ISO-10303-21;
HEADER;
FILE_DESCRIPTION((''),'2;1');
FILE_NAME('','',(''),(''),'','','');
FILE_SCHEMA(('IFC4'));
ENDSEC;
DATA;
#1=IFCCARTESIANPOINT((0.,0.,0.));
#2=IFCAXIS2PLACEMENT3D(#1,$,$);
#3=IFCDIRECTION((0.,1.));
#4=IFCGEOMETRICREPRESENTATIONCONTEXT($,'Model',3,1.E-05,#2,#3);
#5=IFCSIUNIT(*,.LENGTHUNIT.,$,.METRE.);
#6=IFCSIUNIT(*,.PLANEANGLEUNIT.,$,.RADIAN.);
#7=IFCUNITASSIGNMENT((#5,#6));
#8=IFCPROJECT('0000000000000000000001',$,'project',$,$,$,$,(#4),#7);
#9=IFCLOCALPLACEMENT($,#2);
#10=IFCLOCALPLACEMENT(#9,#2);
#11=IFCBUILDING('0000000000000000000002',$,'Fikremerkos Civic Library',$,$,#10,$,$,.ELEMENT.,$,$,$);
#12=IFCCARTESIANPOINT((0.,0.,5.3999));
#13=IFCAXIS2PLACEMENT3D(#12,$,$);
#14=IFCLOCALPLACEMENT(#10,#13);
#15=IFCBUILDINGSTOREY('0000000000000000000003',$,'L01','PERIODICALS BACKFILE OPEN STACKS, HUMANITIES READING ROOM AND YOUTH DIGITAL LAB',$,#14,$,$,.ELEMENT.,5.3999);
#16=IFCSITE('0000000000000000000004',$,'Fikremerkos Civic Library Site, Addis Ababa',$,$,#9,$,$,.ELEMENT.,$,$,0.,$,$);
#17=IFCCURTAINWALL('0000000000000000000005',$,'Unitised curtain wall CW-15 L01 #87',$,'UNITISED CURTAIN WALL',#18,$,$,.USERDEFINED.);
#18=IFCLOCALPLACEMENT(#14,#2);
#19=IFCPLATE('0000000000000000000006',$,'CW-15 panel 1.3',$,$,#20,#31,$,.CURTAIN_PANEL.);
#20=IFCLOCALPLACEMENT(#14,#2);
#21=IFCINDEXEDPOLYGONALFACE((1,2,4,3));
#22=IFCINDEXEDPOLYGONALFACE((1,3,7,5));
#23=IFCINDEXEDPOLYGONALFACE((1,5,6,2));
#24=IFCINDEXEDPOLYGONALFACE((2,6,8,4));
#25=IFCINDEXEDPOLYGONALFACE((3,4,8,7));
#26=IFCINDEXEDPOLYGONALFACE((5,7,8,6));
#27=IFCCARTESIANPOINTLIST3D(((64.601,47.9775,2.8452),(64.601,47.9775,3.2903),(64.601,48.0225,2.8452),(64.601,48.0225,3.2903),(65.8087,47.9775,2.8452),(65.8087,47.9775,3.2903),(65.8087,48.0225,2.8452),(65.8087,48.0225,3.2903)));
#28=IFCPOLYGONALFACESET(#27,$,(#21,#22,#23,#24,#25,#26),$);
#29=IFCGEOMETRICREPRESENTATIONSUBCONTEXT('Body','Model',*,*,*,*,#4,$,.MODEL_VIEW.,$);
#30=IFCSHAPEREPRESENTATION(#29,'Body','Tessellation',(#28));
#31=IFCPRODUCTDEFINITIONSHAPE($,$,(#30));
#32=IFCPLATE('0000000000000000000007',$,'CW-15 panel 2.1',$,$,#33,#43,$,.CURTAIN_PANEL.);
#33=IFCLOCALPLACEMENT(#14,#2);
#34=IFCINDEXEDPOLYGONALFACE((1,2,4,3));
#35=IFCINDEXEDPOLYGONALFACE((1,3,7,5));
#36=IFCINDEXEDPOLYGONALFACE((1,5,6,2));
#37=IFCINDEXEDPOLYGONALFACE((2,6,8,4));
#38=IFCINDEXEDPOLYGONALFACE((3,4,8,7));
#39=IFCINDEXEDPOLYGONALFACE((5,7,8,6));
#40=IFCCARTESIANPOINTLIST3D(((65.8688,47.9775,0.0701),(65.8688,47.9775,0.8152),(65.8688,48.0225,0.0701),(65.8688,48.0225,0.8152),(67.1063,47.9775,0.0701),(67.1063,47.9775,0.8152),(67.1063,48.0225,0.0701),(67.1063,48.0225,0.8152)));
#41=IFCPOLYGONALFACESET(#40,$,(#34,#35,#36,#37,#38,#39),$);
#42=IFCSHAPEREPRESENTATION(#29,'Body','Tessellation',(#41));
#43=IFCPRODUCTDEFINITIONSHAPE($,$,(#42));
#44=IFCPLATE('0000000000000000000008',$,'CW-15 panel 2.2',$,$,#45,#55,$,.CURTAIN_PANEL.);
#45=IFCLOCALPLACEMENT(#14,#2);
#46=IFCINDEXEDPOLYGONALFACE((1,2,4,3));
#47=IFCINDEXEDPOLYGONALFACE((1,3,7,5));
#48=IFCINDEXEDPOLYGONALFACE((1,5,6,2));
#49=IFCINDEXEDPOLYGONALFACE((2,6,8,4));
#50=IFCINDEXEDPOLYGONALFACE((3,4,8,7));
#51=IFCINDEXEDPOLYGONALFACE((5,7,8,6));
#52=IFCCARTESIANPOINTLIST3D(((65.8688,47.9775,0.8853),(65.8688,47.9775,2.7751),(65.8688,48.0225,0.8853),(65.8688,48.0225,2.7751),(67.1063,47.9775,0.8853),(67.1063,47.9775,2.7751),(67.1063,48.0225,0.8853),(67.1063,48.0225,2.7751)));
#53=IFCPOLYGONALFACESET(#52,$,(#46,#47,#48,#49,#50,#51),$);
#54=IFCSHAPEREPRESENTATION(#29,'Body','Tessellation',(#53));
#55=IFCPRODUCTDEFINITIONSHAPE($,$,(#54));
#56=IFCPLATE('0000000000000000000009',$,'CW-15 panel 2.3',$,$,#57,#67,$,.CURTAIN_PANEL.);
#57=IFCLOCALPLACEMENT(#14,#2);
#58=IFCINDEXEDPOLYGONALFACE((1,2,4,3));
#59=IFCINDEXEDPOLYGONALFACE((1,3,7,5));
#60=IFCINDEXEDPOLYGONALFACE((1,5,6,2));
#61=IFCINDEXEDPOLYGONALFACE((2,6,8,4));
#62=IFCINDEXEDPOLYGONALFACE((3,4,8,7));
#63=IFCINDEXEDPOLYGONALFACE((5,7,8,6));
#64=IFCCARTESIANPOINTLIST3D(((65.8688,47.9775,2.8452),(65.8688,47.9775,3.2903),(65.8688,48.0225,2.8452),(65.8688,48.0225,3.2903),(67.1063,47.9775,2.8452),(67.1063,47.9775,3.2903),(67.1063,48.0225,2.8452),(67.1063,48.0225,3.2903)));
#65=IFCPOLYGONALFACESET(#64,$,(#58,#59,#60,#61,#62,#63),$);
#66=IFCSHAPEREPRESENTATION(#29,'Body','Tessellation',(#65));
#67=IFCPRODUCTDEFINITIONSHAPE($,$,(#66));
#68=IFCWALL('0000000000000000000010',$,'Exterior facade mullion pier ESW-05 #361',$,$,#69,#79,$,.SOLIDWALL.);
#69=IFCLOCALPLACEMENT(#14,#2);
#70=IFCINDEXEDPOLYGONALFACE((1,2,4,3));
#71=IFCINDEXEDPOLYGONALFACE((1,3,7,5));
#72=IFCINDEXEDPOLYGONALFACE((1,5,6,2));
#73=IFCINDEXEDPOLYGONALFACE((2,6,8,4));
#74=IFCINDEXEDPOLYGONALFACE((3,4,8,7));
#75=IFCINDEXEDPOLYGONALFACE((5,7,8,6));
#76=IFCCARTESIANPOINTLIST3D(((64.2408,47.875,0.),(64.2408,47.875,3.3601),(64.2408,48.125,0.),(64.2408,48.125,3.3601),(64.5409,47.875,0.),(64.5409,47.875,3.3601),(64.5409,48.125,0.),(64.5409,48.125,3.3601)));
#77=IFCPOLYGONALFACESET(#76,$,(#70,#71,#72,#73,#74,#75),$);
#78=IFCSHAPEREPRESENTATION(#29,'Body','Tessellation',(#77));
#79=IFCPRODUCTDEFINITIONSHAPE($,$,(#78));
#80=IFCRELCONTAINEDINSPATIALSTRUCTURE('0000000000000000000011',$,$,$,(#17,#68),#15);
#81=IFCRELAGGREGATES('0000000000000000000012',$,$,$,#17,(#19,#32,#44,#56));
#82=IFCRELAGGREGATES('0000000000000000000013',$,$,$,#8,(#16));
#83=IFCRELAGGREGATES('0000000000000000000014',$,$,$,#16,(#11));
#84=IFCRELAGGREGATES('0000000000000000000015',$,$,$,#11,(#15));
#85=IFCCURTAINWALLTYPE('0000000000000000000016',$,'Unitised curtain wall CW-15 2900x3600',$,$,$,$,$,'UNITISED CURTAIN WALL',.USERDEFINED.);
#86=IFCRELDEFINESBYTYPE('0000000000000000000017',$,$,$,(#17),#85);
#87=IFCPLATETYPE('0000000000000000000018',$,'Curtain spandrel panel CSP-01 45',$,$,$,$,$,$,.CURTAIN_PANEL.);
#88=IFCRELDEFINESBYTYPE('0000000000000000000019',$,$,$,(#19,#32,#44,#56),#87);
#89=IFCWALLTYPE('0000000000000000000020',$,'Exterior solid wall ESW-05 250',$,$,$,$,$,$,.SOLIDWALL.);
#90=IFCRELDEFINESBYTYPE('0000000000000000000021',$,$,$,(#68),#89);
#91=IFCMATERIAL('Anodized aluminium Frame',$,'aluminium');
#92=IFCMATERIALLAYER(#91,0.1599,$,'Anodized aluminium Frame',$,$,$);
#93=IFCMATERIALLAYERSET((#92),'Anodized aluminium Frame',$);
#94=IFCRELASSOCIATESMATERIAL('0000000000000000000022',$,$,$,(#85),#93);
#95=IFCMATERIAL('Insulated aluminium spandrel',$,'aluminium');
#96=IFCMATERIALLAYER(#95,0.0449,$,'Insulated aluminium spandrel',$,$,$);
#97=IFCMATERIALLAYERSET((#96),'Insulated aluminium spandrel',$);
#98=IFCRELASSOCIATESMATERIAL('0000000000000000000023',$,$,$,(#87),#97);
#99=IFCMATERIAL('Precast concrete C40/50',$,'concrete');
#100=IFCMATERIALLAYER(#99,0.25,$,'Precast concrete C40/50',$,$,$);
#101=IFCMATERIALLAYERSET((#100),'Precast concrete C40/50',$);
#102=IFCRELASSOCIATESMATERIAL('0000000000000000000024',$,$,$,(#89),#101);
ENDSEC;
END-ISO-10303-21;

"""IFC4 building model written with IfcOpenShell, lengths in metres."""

from ifc_helpers import new_model, si_unit, direction, frame, frame_2d, origin, origin_2d, place, context, subcontext, project, spatial, rectangle, extrude, material, layer, layer_set, type_object, element, aggregate, save


model = new_model("IFC4")

# Units and contexts
model_context = context("Model", 3, precision=1e-05, world=origin(), true_north=direction((0.0, 1.0)))
body_context = subcontext(model_context, "Body", "Model", "MODEL_VIEW")
ifc_project = project(units=[si_unit("LENGTHUNIT", "METRE"), si_unit("PLANEANGLEUNIT", "RADIAN")], contexts=[model_context])

# Site, building, storey
site_placement = place(None, origin())
site = spatial("IfcSite", under=ifc_project, at=site_placement, Name="Fikremerkos Civic Library Site, Addis Ababa", CompositionType="ELEMENT", RefElevation=0.0)
building_placement = place(site_placement, origin())
building = spatial("IfcBuilding", under=site, at=building_placement, Name="Fikremerkos Civic Library", CompositionType="ELEMENT")
storey_placement = place(building_placement, frame((0.0, 0.0, 5.3999)))
storey = spatial("IfcBuildingStorey", under=building, at=storey_placement, Name="L01", Description="PERIODICALS BACKFILE OPEN STACKS, HUMANITIES READING ROOM AND YOUTH DIGITAL LAB", CompositionType="ELEMENT", Elevation=5.3999)

# Curtain wall
ifc_material_1 = material(Name="Anodized aluminium Frame", Category="aluminium")
ifc_layer_1 = layer(ifc_material_1, 0.1599, Name="Anodized aluminium Frame")
ifc_layer_set_1 = layer_set([ifc_layer_1], Name="Anodized aluminium Frame")
curtain_wall_type_1 = type_object("IfcCurtainWallType", Name="Unitised curtain wall CW-15 2900x3600", ElementType="UNITISED CURTAIN WALL", PredefinedType="USERDEFINED", material=ifc_layer_set_1)
curtain_wall_1_placement = place(storey_placement, origin())
curtain_wall_1 = element("IfcCurtainWall", 1, at=curtain_wall_1_placement, inside=storey, type_object=curtain_wall_type_1, Name="Unitised curtain wall CW-15 L01 #87", ObjectType="UNITISED CURTAIN WALL", PredefinedType="USERDEFINED")

# Plates
ifc_material_2 = material(Name="Insulated aluminium spandrel", Category="aluminium")
ifc_layer_2 = layer(ifc_material_2, 0.0449, Name="Insulated aluminium spandrel")
ifc_layer_set_2 = layer_set([ifc_layer_2], Name="Insulated aluminium spandrel")
plate_type_1 = type_object("IfcPlateType", Name="Curtain spandrel panel CSP-01 45", PredefinedType="CURTAIN_PANEL", material=ifc_layer_set_2)
plate_1_placement = place(storey_placement, frame((65.2048, 48.0, 2.8452), z_axis=(0.0, 0.0, 1.0), x_axis=(1.0, 0.0, 0.0)))
plate_1 = element("IfcPlate", 2, at=plate_1_placement, type_object=plate_type_1, Name="CW-15 panel 1.3", PredefinedType="CURTAIN_PANEL", context=body_context, shape_type="SweptSolid", body=[
    extrude(rectangle(XDim=1.2078, YDim=0.0449, at=origin_2d()), origin(), (0.0, 0.0, 1.0), 0.4451),
])
plate_2_placement = place(storey_placement, frame((66.4875, 48.0, 0.0701), z_axis=(0.0, 0.0, 1.0), x_axis=(1.0, 0.0, 0.0)))
plate_2 = element("IfcPlate", 3, at=plate_2_placement, type_object=plate_type_1, Name="CW-15 panel 2.1", PredefinedType="CURTAIN_PANEL", context=body_context, shape_type="SweptSolid", body=[
    extrude(rectangle(XDim=1.2375, YDim=0.0449, at=origin_2d()), origin(), (0.0, 0.0, 1.0), 0.7451),
])
plate_3_placement = place(storey_placement, frame((66.4875, 48.0, 0.8853), z_axis=(0.0, 0.0, 1.0), x_axis=(1.0, 0.0, 0.0)))
plate_3 = element("IfcPlate", 4, at=plate_3_placement, type_object=plate_type_1, Name="CW-15 panel 2.2", PredefinedType="CURTAIN_PANEL", context=body_context, shape_type="SweptSolid", body=[
    extrude(rectangle(XDim=1.2375, YDim=0.0449, at=origin_2d()), origin(), (0.0, 0.0, 1.0), 1.8899),
])
plate_4_placement = place(storey_placement, frame((66.4875, 48.0, 2.8452), z_axis=(0.0, 0.0, 1.0), x_axis=(1.0, 0.0, 0.0)))
plate_4 = element("IfcPlate", 5, at=plate_4_placement, type_object=plate_type_1, Name="CW-15 panel 2.3", PredefinedType="CURTAIN_PANEL", context=body_context, shape_type="SweptSolid", body=[
    extrude(rectangle(XDim=1.2375, YDim=0.0449, at=origin_2d()), origin(), (0.0, 0.0, 1.0), 0.4451),
])
aggregate(curtain_wall_1, [plate_1, plate_2, plate_3, plate_4])

# Wall
ifc_material_3 = material(Name="Precast concrete C40/50", Category="concrete")
ifc_layer_3 = layer(ifc_material_3, 0.25, Name="Precast concrete C40/50")
ifc_layer_set_3 = layer_set([ifc_layer_3], Name="Precast concrete C40/50")
wall_type = type_object("IfcWallType", Name="Exterior solid wall ESW-05 250", PredefinedType="SOLIDWALL", material=ifc_layer_set_3)
wall_placement = place(storey_placement, frame((64.241, 48.0, 0.0), z_axis=(0.0, 0.0, 1.0), x_axis=(1.0, 0.0, 0.0)))
element("IfcWall", 6, at=wall_placement, inside=storey, type_object=wall_type, Name="Exterior facade mullion pier ESW-05 #361", PredefinedType="SOLIDWALL", context=body_context, shape_type="SweptSolid", body=[
    extrude(rectangle(XDim=0.3, YDim=0.25, at=frame_2d((0.1499, 0.0))), origin(), (0.0, 0.0, 1.0), 3.3601),
])

save(model, "model.ifc")
